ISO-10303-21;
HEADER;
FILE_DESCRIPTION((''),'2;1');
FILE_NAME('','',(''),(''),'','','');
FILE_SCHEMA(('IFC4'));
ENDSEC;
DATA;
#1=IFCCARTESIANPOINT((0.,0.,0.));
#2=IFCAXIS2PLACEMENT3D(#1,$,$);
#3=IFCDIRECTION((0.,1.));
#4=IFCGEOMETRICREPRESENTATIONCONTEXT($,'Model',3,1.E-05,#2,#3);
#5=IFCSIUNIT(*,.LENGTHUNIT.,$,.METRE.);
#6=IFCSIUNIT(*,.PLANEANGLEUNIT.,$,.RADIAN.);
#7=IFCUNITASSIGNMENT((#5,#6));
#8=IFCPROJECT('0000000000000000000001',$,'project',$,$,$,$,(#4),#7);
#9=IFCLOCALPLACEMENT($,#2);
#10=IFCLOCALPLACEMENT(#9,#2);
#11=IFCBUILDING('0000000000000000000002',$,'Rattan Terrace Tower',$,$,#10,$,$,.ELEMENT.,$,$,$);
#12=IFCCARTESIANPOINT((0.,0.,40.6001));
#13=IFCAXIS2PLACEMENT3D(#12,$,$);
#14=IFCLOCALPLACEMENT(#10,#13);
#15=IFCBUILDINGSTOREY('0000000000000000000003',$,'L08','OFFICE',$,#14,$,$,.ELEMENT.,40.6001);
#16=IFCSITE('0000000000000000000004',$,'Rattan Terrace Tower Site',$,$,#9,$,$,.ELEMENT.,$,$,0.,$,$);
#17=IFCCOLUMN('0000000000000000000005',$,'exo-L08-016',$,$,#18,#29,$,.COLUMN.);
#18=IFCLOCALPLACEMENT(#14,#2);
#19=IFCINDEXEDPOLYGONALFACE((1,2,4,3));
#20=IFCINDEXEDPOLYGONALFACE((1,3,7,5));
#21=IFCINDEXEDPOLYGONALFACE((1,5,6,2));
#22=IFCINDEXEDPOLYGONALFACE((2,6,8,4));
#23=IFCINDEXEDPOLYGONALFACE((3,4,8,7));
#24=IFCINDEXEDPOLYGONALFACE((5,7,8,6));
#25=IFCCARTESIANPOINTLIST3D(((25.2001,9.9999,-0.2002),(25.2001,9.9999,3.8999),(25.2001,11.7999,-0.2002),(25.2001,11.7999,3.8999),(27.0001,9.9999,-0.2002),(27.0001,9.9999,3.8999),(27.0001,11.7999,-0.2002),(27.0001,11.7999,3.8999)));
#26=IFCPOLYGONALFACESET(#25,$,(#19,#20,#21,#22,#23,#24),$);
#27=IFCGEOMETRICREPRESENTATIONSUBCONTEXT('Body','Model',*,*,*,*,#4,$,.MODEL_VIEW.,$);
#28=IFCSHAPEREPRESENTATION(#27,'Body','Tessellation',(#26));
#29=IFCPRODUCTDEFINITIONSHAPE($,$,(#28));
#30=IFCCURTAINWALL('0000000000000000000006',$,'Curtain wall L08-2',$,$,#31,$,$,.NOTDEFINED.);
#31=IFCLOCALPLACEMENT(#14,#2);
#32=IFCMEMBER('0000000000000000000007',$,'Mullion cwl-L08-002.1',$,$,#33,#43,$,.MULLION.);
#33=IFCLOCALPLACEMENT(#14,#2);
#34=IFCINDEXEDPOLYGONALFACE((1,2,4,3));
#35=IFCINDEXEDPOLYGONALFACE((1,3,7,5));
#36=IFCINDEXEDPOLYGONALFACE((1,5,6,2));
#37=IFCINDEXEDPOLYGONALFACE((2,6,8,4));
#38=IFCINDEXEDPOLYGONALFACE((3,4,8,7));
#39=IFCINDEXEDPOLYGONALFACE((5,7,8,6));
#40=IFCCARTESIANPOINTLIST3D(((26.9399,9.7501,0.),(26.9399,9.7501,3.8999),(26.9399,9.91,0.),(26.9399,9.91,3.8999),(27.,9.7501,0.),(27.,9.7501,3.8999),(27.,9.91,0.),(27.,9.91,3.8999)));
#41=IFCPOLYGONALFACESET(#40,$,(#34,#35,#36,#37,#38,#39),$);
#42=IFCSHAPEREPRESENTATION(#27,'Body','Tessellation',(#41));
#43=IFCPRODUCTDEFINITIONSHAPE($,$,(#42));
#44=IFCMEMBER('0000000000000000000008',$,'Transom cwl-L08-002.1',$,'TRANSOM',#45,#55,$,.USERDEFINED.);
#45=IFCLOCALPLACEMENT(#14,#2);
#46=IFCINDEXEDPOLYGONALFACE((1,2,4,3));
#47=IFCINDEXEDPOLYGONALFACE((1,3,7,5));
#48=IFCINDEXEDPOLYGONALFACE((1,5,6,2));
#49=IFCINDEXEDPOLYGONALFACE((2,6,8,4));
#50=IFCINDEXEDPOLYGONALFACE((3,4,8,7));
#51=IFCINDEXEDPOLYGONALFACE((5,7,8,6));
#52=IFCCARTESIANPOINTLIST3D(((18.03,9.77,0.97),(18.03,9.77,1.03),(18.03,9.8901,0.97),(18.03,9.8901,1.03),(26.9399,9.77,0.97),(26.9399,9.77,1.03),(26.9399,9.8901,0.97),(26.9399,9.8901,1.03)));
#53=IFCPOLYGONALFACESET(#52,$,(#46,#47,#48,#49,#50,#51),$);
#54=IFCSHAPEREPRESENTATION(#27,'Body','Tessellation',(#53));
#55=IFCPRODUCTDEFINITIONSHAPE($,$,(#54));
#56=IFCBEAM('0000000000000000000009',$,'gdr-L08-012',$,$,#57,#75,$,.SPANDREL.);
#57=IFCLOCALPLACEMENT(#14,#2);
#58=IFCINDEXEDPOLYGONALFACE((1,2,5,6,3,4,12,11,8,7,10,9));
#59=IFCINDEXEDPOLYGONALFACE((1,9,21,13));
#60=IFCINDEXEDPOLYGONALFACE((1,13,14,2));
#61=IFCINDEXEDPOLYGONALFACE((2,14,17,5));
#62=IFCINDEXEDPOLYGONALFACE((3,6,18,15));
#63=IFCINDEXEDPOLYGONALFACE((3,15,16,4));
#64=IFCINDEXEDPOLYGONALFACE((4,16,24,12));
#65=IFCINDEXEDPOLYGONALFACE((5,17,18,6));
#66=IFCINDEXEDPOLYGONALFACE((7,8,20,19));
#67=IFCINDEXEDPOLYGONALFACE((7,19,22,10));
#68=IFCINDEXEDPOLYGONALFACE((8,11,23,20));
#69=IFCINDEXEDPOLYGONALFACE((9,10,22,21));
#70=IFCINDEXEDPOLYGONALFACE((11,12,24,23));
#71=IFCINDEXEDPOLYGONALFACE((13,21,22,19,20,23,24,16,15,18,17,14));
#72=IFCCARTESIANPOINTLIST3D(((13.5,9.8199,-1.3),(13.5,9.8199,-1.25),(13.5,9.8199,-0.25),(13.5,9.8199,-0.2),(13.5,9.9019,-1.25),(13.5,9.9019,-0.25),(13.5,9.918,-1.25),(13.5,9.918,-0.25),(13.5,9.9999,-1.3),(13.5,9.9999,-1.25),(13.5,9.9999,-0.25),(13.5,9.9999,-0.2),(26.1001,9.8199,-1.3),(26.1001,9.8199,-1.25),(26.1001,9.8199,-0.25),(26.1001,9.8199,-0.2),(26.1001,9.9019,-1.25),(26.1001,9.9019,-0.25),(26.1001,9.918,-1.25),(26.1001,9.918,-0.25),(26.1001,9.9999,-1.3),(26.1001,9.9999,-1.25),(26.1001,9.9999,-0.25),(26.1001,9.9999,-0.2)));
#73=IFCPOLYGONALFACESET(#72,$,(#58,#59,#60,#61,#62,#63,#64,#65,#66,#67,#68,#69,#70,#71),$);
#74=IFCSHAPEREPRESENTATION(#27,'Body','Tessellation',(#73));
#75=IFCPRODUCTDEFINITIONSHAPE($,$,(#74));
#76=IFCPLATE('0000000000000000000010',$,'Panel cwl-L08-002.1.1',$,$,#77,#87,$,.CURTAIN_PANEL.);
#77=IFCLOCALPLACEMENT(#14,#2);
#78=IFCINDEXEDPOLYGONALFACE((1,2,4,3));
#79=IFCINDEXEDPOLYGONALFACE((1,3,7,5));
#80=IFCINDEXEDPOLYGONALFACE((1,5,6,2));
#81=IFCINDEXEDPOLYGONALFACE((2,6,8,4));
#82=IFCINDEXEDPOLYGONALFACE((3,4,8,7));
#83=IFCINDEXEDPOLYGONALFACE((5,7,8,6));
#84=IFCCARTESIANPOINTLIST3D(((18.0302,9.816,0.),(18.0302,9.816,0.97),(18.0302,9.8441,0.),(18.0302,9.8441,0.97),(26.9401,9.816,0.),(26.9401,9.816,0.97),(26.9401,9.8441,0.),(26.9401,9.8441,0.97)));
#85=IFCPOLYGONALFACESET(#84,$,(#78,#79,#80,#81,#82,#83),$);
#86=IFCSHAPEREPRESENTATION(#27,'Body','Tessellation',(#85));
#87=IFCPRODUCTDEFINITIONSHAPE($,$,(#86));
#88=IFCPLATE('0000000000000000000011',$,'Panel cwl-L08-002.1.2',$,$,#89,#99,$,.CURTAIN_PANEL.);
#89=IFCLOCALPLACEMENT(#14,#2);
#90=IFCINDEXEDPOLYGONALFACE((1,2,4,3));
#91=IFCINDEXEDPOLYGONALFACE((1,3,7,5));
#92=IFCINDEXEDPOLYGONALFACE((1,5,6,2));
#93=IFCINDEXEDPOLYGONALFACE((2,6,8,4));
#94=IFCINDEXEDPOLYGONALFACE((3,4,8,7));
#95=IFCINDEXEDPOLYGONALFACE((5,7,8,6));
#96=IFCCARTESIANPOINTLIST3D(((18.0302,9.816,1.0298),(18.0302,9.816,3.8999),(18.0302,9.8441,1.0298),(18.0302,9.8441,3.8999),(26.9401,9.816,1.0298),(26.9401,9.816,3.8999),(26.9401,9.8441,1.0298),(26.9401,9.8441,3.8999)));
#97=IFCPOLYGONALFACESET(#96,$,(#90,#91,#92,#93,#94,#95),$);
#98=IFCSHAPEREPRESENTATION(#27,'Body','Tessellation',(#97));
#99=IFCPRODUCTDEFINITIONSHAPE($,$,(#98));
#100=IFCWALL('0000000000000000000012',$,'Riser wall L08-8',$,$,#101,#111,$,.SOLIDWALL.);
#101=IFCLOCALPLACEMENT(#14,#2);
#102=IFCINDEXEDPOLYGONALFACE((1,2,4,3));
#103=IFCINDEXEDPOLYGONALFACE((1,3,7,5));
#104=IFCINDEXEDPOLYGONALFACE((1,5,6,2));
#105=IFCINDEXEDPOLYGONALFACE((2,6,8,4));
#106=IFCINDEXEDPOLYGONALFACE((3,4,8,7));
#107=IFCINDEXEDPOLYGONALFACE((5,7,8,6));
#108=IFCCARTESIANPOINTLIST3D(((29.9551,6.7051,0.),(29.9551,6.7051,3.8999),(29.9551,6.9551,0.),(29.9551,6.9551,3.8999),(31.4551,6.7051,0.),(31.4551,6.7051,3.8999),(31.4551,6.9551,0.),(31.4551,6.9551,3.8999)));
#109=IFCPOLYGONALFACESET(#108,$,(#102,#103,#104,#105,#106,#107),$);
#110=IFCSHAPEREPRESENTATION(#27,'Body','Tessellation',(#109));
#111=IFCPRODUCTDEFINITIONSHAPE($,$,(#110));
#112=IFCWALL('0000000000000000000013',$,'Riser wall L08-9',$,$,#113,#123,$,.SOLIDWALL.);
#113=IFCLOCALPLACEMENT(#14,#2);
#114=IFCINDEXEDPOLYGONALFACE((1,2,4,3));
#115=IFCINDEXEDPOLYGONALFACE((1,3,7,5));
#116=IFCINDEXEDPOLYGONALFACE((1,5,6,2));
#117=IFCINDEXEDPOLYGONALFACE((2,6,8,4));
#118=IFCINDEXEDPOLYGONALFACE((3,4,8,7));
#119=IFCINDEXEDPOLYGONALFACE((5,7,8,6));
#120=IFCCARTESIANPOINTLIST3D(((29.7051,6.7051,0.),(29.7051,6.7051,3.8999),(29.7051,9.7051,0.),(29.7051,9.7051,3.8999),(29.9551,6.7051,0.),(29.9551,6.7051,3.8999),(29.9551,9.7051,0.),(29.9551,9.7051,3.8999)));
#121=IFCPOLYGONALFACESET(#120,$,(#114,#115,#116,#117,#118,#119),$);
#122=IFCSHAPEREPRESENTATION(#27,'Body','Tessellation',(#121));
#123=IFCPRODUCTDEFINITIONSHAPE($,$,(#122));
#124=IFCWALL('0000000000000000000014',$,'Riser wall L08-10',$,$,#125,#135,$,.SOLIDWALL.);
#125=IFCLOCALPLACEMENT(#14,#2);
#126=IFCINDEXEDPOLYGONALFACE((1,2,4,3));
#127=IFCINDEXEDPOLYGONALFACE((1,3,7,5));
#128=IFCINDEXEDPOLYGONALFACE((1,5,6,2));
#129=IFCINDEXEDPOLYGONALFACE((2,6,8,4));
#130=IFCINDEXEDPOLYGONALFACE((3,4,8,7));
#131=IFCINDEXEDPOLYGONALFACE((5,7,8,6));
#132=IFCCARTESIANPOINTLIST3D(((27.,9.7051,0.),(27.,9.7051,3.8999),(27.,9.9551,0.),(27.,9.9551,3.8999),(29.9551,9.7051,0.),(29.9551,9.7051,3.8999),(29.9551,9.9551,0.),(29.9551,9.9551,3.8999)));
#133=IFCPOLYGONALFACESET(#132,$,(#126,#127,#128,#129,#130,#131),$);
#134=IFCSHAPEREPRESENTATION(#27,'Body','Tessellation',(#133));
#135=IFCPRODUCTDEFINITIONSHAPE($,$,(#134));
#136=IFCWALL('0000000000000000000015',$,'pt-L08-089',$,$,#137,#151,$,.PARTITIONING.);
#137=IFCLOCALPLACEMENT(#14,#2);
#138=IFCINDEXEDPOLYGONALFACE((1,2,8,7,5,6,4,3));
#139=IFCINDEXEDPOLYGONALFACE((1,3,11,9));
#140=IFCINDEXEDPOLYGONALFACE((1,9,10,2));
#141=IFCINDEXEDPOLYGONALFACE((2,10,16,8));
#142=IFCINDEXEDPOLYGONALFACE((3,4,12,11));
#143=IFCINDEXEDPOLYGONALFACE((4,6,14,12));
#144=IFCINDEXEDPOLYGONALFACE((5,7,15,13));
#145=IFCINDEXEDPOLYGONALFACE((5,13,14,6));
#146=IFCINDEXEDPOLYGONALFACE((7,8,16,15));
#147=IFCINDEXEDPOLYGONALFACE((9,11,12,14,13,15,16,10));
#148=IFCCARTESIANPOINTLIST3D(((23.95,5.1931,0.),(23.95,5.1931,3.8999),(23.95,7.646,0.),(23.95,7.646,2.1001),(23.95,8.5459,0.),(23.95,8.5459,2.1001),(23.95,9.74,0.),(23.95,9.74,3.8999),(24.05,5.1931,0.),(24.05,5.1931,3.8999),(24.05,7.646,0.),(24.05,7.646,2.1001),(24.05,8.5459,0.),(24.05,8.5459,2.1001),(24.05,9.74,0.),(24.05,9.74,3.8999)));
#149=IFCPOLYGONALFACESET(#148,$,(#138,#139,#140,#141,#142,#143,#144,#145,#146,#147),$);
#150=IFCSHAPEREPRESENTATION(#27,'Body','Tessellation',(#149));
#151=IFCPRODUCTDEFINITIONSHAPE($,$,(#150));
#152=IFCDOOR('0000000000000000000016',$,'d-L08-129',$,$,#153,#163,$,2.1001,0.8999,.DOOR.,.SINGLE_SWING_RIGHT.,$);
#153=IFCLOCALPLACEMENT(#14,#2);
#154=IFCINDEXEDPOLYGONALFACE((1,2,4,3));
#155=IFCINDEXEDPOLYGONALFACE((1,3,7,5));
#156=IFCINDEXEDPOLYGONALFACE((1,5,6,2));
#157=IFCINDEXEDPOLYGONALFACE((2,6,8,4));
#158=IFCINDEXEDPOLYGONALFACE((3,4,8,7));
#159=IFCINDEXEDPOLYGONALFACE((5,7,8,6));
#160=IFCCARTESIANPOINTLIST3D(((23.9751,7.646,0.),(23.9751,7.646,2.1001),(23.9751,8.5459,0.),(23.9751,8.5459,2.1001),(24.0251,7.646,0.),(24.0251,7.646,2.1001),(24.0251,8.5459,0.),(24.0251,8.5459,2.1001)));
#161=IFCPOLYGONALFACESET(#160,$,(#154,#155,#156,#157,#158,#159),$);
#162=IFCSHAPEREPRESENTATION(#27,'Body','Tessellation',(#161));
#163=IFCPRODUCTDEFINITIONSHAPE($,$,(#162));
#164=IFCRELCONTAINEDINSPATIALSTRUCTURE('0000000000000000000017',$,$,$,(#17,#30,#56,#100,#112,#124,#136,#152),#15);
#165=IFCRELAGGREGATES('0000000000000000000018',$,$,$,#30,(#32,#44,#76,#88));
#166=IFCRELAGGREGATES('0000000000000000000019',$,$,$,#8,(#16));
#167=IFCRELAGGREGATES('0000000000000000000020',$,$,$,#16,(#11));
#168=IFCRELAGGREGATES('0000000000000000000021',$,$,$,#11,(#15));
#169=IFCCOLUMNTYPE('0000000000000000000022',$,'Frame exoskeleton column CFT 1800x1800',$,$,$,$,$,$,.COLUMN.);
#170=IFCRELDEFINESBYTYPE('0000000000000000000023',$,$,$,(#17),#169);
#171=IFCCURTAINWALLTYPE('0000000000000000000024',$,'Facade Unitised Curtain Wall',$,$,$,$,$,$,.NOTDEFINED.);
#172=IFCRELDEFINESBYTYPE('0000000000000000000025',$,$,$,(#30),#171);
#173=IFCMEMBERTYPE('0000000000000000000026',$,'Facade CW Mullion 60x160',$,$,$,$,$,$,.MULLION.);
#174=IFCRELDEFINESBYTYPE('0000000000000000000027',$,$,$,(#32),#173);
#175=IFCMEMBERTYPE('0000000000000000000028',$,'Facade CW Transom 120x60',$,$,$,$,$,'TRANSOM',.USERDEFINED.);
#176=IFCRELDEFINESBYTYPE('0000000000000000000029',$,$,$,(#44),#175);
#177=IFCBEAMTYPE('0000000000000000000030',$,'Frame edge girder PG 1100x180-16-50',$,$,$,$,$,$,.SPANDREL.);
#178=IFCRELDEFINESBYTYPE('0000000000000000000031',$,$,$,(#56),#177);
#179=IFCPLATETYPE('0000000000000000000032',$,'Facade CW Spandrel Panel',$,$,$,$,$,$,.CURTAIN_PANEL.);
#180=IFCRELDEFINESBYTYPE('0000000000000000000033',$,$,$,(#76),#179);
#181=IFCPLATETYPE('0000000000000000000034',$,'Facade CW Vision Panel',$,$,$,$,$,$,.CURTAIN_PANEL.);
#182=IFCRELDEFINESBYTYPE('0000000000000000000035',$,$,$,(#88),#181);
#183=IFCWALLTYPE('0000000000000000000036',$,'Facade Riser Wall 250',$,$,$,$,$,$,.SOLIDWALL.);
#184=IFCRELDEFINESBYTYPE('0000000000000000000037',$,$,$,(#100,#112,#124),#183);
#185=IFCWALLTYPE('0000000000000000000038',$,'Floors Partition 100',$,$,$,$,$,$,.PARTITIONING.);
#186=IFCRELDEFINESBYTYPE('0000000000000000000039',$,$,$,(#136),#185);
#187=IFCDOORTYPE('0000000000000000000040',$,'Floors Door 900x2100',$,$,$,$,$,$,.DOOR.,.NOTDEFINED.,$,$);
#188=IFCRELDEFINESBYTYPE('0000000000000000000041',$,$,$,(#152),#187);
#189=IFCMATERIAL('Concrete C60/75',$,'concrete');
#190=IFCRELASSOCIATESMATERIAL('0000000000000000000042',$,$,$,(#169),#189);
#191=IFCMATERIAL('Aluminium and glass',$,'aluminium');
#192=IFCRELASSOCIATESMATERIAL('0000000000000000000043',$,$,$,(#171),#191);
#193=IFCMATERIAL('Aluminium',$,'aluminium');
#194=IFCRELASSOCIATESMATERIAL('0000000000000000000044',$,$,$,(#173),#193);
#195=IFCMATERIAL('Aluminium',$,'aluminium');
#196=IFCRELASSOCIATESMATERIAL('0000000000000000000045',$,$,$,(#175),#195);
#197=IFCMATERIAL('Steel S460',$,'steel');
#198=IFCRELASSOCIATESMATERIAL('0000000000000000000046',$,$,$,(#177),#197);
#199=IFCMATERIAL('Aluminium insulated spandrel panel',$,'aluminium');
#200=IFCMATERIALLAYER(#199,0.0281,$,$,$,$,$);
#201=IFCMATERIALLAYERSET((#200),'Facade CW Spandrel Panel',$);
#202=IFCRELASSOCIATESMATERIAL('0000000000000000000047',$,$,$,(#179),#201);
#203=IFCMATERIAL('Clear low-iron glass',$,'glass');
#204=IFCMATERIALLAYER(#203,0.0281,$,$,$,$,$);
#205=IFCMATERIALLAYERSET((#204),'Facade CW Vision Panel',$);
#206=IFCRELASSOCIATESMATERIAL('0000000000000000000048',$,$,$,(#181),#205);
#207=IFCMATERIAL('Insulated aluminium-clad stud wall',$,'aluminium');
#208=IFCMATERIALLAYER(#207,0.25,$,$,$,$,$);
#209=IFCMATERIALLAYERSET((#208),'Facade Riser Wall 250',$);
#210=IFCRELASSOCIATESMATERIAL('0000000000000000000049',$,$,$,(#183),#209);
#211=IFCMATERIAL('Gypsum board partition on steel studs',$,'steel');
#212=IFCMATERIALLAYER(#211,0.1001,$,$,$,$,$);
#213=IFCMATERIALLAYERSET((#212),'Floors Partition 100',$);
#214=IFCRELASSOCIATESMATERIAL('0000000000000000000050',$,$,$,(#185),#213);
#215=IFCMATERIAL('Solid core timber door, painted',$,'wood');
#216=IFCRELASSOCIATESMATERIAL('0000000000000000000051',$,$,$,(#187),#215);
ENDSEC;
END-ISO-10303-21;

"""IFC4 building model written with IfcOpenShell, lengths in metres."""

from ifc_helpers import new_model, si_unit, direction, frame, frame_2d, origin, origin_2d, place, context, subcontext, project, spatial, rectangle, i_section, extrude, material, layer, layer_set, material_profile, profile_set, type_object, element, fill, aggregate, save


model = new_model("IFC4")

# Units and contexts
model_context = context("Model", 3, precision=1e-05, world=origin(), true_north=direction((0.0, 1.0)))
body_context = subcontext(model_context, "Body", "Model", "MODEL_VIEW")
ifc_project = project(units=[si_unit("LENGTHUNIT", "METRE"), si_unit("PLANEANGLEUNIT", "RADIAN")], contexts=[model_context])

# Site, building, storey
site_placement = place(None, origin())
site = spatial("IfcSite", under=ifc_project, at=site_placement, Name="Rattan Terrace Tower Site", CompositionType="ELEMENT", RefElevation=0.0)
building_placement = place(site_placement, origin())
building = spatial("IfcBuilding", under=site, at=building_placement, Name="Rattan Terrace Tower", CompositionType="ELEMENT")
storey_placement = place(building_placement, frame((0.0, 0.0, 40.6001)))
storey = spatial("IfcBuildingStorey", under=building, at=storey_placement, Name="L08", Description="OFFICE", CompositionType="ELEMENT", Elevation=40.6001)

# Column
ifc_material_1 = material(Name="Concrete C60/75", Category="concrete")
ifc_material_profile_1 = material_profile(ifc_material_1, rectangle(XDim=1.8, YDim=1.8, at=origin_2d()), Name="CFT 1800x1800")
ifc_profile_set_1 = profile_set([ifc_material_profile_1], Name="Concrete C60/75")
column_type = type_object("IfcColumnType", Name="Frame exoskeleton column CFT 1800x1800", PredefinedType="COLUMN", material=ifc_profile_set_1)
column_placement = place(storey_placement, frame((26.1001, 10.8999, -0.2002), z_axis=(0.0, 0.0, 1.0), x_axis=(1.0, 0.0, 0.0)))
element("IfcColumn", 1, at=column_placement, inside=storey, type_object=column_type, Name="exo-L08-016", PredefinedType="COLUMN", context=body_context, shape_type="SweptSolid", body=[
    extrude(rectangle(XDim=1.8, YDim=1.8, at=origin_2d()), origin(), (0.0, 0.0, 1.0), 4.1001),
])

# Curtain wall, members
ifc_material_2 = material(Name="Aluminium and glass", Category="aluminium")
curtain_wall_type = type_object("IfcCurtainWallType", Name="Facade Unitised Curtain Wall", PredefinedType="NOTDEFINED", material=ifc_material_2)
curtain_wall_placement = place(storey_placement, origin())
curtain_wall = element("IfcCurtainWall", 2, at=curtain_wall_placement, inside=storey, type_object=curtain_wall_type, Name="Curtain wall L08-2", PredefinedType="NOTDEFINED")
ifc_material_3 = material(Name="Aluminium", Category="aluminium")
ifc_material_profile_2 = material_profile(ifc_material_3, rectangle(XDim=0.0601, YDim=0.1599, at=origin_2d()), Name="Aluminium 60x160")
ifc_profile_set_2 = profile_set([ifc_material_profile_2], Name="Aluminium")
member_type_1 = type_object("IfcMemberType", Name="Facade CW Mullion 60x160", PredefinedType="MULLION", material=ifc_profile_set_2)
member_1_placement = place(storey_placement, frame((26.97, 9.8301, 0.0), z_axis=(0.0, 0.0, 1.0), x_axis=(-1.0, 0.0, 0.0)))
member_1 = element("IfcMember", 3, at=member_1_placement, type_object=member_type_1, Name="Mullion cwl-L08-002.1", PredefinedType="MULLION", context=body_context, shape_type="SweptSolid", body=[
    extrude(rectangle(XDim=0.0601, YDim=0.1599, at=origin_2d()), origin(), (0.0, 0.0, 1.0), 3.8999),
])
ifc_material_4 = material(Name="Aluminium", Category="aluminium")
ifc_material_profile_3 = material_profile(ifc_material_4, rectangle(XDim=0.1201, YDim=0.0601, at=origin_2d()), Name="Aluminium 120x60")
ifc_profile_set_3 = profile_set([ifc_material_profile_3], Name="Aluminium")
member_type_2 = type_object("IfcMemberType", Name="Facade CW Transom 120x60", ElementType="TRANSOM", PredefinedType="USERDEFINED", material=ifc_profile_set_3)
member_2_placement = place(storey_placement, frame((26.9399, 9.8301, 1.0), z_axis=(-1.0, 0.0, 0.0), x_axis=(0.0, -1.0, 0.0)))
member_2 = element("IfcMember", 4, at=member_2_placement, type_object=member_type_2, Name="Transom cwl-L08-002.1", ObjectType="TRANSOM", PredefinedType="USERDEFINED", context=body_context, shape_type="SweptSolid", body=[
    extrude(rectangle(XDim=0.1201, YDim=0.0601, at=origin_2d()), origin(), (0.0, 0.0, 1.0), 8.9099),
])

# Beam
ifc_material_5 = material(Name="Steel S460", Category="steel")
ifc_material_profile_4 = material_profile(ifc_material_5, i_section(OverallWidth=0.1799, OverallDepth=1.1001, WebThickness=0.0161, FlangeThickness=0.05, at=origin_2d()), Name="PG 1100x180-16-50")
ifc_profile_set_4 = profile_set([ifc_material_profile_4], Name="Steel S460")
beam_type = type_object("IfcBeamType", Name="Frame edge girder PG 1100x180-16-50", PredefinedType="SPANDREL", material=ifc_profile_set_4)
beam_placement = place(storey_placement, frame((26.1001, 9.9099, -0.75), z_axis=(-1.0, 0.0, 0.0), x_axis=(0.0, -1.0, 0.0)))
element("IfcBeam", 5, at=beam_placement, inside=storey, type_object=beam_type, Name="gdr-L08-012", PredefinedType="SPANDREL", context=body_context, shape_type="SweptSolid", body=[
    extrude(i_section(OverallWidth=0.1799, OverallDepth=1.1001, WebThickness=0.0161, FlangeThickness=0.05, at=origin_2d()), origin(), (0.0, 0.0, 1.0), 12.6001),
])

# Plates
ifc_material_6 = material(Name="Aluminium insulated spandrel panel", Category="aluminium")
ifc_layer_1 = layer(ifc_material_6, 0.0281)
ifc_layer_set_1 = layer_set([ifc_layer_1], Name="Facade CW Spandrel Panel")
plate_type_1 = type_object("IfcPlateType", Name="Facade CW Spandrel Panel", PredefinedType="CURTAIN_PANEL", material=ifc_layer_set_1)
plate_1_placement = place(storey_placement, frame((22.4851, 9.8301, 0.0), z_axis=(0.0, 0.0, 1.0), x_axis=(-1.0, 0.0, 0.0)))
plate_1 = element("IfcPlate", 6, at=plate_1_placement, type_object=plate_type_1, Name="Panel cwl-L08-002.1.1", PredefinedType="CURTAIN_PANEL", context=body_context, shape_type="SweptSolid", body=[
    extrude(rectangle(XDim=8.9099, YDim=0.0281, at=origin_2d()), origin(), (0.0, 0.0, 1.0), 0.97),
])
ifc_material_7 = material(Name="Clear low-iron glass", Category="glass")
ifc_layer_2 = layer(ifc_material_7, 0.0281)
ifc_layer_set_2 = layer_set([ifc_layer_2], Name="Facade CW Vision Panel")
plate_type_2 = type_object("IfcPlateType", Name="Facade CW Vision Panel", PredefinedType="CURTAIN_PANEL", material=ifc_layer_set_2)
plate_2_placement = place(storey_placement, frame((22.4851, 9.8301, 1.0298), z_axis=(0.0, 0.0, 1.0), x_axis=(-1.0, 0.0, 0.0)))
plate_2 = element("IfcPlate", 7, at=plate_2_placement, type_object=plate_type_2, Name="Panel cwl-L08-002.1.2", PredefinedType="CURTAIN_PANEL", context=body_context, shape_type="SweptSolid", body=[
    extrude(rectangle(XDim=8.9099, YDim=0.0281, at=origin_2d()), origin(), (0.0, 0.0, 1.0), 2.8701),
])
aggregate(curtain_wall, [member_1, member_2, plate_1, plate_2])

# Walls
ifc_material_8 = material(Name="Insulated aluminium-clad stud wall", Category="aluminium")
ifc_layer_3 = layer(ifc_material_8, 0.25)
ifc_layer_set_3 = layer_set([ifc_layer_3], Name="Facade Riser Wall 250")
wall_type_1 = type_object("IfcWallType", Name="Facade Riser Wall 250", PredefinedType="SOLIDWALL", material=ifc_layer_set_3)
wall_1_placement = place(storey_placement, frame((31.4551, 6.8301, 0.0), z_axis=(0.0, 0.0, 1.0), x_axis=(-1.0, 0.0, 0.0)))
element("IfcWall", 8, at=wall_1_placement, inside=storey, type_object=wall_type_1, Name="Riser wall L08-8", PredefinedType="SOLIDWALL", context=body_context, shape_type="SweptSolid", body=[
    extrude(rectangle(XDim=1.5, YDim=0.25, at=frame_2d((0.75, 0.0))), origin(), (0.0, 0.0, 1.0), 3.8999),
])
wall_2_placement = place(storey_placement, frame((29.8301, 6.7051, 0.0), z_axis=(0.0, 0.0, 1.0), x_axis=(0.0, 1.0, 0.0)))
element("IfcWall", 9, at=wall_2_placement, inside=storey, type_object=wall_type_1, Name="Riser wall L08-9", PredefinedType="SOLIDWALL", context=body_context, shape_type="SweptSolid", body=[
    extrude(rectangle(XDim=3.0, YDim=0.25, at=frame_2d((1.5, 0.0))), origin(), (0.0, 0.0, 1.0), 3.8999),
])
wall_3_placement = place(storey_placement, frame((29.9551, 9.8301, 0.0), z_axis=(0.0, 0.0, 1.0), x_axis=(-1.0, 0.0, 0.0)))
element("IfcWall", 10, at=wall_3_placement, inside=storey, type_object=wall_type_1, Name="Riser wall L08-10", PredefinedType="SOLIDWALL", context=body_context, shape_type="SweptSolid", body=[
    extrude(rectangle(XDim=2.9551, YDim=0.25, at=frame_2d((1.4775, 0.0))), origin(), (0.0, 0.0, 1.0), 3.8999),
])

# Wall, opening, door
ifc_material_9 = material(Name="Gypsum board partition on steel studs", Category="steel")
ifc_layer_4 = layer(ifc_material_9, 0.1001)
ifc_layer_set_4 = layer_set([ifc_layer_4], Name="Floors Partition 100")
wall_type_2 = type_object("IfcWallType", Name="Floors Partition 100", PredefinedType="PARTITIONING", material=ifc_layer_set_4)
wall_4_placement = place(storey_placement, frame((24.0, 5.1931, 0.0), z_axis=(0.0, 0.0, 1.0), x_axis=(0.0, 1.0, 0.0)))
wall_4 = element("IfcWall", 11, at=wall_4_placement, inside=storey, type_object=wall_type_2, Name="pt-L08-089", PredefinedType="PARTITIONING", context=body_context, shape_type="SweptSolid", body=[
    extrude(rectangle(XDim=4.5469, YDim=0.1001, at=frame_2d((2.2734, 0.0))), origin(), (0.0, 0.0, 1.0), 3.8999),
])
opening_placement = place(wall_4_placement, frame((2.4529, 0.0, 0.0)))
opening = element("IfcOpeningElement", 12, at=opening_placement, cuts=wall_4, PredefinedType="OPENING", context=body_context, shape_type="SweptSolid", body=[
    extrude(rectangle(XDim=0.8999, YDim=2.1001, at=frame_2d((0.45, 1.05))), frame((0.0, 0.0605, 0.0), z_axis=(0.0, -1.0, 0.0), x_axis=(1.0, 0.0, 0.0)), (0.0, 0.0, 1.0), 0.1211),
])
ifc_material_10 = material(Name="Solid core timber door, painted", Category="wood")
door_type = type_object("IfcDoorType", Name="Floors Door 900x2100", OperationType="NOTDEFINED", PredefinedType="DOOR", material=ifc_material_10)
door_placement = place(opening_placement, origin())
door = element("IfcDoor", 13, at=door_placement, inside=storey, type_object=door_type, Name="d-L08-129", OperationType="SINGLE_SWING_RIGHT", OverallHeight=2.1001, OverallWidth=0.8999, PredefinedType="DOOR", context=body_context, shape_type="SweptSolid", body=[
    extrude(rectangle(XDim=0.8999, YDim=2.1001, at=frame_2d((0.45, 1.05))), frame((0.0, 0.0249, 0.0), z_axis=(0.0, -1.0, 0.0), x_axis=(1.0, 0.0, 0.0)), (0.0, 0.0, 1.0), 0.05),
])
fill(opening, door)

save(model, "model.ifc")
